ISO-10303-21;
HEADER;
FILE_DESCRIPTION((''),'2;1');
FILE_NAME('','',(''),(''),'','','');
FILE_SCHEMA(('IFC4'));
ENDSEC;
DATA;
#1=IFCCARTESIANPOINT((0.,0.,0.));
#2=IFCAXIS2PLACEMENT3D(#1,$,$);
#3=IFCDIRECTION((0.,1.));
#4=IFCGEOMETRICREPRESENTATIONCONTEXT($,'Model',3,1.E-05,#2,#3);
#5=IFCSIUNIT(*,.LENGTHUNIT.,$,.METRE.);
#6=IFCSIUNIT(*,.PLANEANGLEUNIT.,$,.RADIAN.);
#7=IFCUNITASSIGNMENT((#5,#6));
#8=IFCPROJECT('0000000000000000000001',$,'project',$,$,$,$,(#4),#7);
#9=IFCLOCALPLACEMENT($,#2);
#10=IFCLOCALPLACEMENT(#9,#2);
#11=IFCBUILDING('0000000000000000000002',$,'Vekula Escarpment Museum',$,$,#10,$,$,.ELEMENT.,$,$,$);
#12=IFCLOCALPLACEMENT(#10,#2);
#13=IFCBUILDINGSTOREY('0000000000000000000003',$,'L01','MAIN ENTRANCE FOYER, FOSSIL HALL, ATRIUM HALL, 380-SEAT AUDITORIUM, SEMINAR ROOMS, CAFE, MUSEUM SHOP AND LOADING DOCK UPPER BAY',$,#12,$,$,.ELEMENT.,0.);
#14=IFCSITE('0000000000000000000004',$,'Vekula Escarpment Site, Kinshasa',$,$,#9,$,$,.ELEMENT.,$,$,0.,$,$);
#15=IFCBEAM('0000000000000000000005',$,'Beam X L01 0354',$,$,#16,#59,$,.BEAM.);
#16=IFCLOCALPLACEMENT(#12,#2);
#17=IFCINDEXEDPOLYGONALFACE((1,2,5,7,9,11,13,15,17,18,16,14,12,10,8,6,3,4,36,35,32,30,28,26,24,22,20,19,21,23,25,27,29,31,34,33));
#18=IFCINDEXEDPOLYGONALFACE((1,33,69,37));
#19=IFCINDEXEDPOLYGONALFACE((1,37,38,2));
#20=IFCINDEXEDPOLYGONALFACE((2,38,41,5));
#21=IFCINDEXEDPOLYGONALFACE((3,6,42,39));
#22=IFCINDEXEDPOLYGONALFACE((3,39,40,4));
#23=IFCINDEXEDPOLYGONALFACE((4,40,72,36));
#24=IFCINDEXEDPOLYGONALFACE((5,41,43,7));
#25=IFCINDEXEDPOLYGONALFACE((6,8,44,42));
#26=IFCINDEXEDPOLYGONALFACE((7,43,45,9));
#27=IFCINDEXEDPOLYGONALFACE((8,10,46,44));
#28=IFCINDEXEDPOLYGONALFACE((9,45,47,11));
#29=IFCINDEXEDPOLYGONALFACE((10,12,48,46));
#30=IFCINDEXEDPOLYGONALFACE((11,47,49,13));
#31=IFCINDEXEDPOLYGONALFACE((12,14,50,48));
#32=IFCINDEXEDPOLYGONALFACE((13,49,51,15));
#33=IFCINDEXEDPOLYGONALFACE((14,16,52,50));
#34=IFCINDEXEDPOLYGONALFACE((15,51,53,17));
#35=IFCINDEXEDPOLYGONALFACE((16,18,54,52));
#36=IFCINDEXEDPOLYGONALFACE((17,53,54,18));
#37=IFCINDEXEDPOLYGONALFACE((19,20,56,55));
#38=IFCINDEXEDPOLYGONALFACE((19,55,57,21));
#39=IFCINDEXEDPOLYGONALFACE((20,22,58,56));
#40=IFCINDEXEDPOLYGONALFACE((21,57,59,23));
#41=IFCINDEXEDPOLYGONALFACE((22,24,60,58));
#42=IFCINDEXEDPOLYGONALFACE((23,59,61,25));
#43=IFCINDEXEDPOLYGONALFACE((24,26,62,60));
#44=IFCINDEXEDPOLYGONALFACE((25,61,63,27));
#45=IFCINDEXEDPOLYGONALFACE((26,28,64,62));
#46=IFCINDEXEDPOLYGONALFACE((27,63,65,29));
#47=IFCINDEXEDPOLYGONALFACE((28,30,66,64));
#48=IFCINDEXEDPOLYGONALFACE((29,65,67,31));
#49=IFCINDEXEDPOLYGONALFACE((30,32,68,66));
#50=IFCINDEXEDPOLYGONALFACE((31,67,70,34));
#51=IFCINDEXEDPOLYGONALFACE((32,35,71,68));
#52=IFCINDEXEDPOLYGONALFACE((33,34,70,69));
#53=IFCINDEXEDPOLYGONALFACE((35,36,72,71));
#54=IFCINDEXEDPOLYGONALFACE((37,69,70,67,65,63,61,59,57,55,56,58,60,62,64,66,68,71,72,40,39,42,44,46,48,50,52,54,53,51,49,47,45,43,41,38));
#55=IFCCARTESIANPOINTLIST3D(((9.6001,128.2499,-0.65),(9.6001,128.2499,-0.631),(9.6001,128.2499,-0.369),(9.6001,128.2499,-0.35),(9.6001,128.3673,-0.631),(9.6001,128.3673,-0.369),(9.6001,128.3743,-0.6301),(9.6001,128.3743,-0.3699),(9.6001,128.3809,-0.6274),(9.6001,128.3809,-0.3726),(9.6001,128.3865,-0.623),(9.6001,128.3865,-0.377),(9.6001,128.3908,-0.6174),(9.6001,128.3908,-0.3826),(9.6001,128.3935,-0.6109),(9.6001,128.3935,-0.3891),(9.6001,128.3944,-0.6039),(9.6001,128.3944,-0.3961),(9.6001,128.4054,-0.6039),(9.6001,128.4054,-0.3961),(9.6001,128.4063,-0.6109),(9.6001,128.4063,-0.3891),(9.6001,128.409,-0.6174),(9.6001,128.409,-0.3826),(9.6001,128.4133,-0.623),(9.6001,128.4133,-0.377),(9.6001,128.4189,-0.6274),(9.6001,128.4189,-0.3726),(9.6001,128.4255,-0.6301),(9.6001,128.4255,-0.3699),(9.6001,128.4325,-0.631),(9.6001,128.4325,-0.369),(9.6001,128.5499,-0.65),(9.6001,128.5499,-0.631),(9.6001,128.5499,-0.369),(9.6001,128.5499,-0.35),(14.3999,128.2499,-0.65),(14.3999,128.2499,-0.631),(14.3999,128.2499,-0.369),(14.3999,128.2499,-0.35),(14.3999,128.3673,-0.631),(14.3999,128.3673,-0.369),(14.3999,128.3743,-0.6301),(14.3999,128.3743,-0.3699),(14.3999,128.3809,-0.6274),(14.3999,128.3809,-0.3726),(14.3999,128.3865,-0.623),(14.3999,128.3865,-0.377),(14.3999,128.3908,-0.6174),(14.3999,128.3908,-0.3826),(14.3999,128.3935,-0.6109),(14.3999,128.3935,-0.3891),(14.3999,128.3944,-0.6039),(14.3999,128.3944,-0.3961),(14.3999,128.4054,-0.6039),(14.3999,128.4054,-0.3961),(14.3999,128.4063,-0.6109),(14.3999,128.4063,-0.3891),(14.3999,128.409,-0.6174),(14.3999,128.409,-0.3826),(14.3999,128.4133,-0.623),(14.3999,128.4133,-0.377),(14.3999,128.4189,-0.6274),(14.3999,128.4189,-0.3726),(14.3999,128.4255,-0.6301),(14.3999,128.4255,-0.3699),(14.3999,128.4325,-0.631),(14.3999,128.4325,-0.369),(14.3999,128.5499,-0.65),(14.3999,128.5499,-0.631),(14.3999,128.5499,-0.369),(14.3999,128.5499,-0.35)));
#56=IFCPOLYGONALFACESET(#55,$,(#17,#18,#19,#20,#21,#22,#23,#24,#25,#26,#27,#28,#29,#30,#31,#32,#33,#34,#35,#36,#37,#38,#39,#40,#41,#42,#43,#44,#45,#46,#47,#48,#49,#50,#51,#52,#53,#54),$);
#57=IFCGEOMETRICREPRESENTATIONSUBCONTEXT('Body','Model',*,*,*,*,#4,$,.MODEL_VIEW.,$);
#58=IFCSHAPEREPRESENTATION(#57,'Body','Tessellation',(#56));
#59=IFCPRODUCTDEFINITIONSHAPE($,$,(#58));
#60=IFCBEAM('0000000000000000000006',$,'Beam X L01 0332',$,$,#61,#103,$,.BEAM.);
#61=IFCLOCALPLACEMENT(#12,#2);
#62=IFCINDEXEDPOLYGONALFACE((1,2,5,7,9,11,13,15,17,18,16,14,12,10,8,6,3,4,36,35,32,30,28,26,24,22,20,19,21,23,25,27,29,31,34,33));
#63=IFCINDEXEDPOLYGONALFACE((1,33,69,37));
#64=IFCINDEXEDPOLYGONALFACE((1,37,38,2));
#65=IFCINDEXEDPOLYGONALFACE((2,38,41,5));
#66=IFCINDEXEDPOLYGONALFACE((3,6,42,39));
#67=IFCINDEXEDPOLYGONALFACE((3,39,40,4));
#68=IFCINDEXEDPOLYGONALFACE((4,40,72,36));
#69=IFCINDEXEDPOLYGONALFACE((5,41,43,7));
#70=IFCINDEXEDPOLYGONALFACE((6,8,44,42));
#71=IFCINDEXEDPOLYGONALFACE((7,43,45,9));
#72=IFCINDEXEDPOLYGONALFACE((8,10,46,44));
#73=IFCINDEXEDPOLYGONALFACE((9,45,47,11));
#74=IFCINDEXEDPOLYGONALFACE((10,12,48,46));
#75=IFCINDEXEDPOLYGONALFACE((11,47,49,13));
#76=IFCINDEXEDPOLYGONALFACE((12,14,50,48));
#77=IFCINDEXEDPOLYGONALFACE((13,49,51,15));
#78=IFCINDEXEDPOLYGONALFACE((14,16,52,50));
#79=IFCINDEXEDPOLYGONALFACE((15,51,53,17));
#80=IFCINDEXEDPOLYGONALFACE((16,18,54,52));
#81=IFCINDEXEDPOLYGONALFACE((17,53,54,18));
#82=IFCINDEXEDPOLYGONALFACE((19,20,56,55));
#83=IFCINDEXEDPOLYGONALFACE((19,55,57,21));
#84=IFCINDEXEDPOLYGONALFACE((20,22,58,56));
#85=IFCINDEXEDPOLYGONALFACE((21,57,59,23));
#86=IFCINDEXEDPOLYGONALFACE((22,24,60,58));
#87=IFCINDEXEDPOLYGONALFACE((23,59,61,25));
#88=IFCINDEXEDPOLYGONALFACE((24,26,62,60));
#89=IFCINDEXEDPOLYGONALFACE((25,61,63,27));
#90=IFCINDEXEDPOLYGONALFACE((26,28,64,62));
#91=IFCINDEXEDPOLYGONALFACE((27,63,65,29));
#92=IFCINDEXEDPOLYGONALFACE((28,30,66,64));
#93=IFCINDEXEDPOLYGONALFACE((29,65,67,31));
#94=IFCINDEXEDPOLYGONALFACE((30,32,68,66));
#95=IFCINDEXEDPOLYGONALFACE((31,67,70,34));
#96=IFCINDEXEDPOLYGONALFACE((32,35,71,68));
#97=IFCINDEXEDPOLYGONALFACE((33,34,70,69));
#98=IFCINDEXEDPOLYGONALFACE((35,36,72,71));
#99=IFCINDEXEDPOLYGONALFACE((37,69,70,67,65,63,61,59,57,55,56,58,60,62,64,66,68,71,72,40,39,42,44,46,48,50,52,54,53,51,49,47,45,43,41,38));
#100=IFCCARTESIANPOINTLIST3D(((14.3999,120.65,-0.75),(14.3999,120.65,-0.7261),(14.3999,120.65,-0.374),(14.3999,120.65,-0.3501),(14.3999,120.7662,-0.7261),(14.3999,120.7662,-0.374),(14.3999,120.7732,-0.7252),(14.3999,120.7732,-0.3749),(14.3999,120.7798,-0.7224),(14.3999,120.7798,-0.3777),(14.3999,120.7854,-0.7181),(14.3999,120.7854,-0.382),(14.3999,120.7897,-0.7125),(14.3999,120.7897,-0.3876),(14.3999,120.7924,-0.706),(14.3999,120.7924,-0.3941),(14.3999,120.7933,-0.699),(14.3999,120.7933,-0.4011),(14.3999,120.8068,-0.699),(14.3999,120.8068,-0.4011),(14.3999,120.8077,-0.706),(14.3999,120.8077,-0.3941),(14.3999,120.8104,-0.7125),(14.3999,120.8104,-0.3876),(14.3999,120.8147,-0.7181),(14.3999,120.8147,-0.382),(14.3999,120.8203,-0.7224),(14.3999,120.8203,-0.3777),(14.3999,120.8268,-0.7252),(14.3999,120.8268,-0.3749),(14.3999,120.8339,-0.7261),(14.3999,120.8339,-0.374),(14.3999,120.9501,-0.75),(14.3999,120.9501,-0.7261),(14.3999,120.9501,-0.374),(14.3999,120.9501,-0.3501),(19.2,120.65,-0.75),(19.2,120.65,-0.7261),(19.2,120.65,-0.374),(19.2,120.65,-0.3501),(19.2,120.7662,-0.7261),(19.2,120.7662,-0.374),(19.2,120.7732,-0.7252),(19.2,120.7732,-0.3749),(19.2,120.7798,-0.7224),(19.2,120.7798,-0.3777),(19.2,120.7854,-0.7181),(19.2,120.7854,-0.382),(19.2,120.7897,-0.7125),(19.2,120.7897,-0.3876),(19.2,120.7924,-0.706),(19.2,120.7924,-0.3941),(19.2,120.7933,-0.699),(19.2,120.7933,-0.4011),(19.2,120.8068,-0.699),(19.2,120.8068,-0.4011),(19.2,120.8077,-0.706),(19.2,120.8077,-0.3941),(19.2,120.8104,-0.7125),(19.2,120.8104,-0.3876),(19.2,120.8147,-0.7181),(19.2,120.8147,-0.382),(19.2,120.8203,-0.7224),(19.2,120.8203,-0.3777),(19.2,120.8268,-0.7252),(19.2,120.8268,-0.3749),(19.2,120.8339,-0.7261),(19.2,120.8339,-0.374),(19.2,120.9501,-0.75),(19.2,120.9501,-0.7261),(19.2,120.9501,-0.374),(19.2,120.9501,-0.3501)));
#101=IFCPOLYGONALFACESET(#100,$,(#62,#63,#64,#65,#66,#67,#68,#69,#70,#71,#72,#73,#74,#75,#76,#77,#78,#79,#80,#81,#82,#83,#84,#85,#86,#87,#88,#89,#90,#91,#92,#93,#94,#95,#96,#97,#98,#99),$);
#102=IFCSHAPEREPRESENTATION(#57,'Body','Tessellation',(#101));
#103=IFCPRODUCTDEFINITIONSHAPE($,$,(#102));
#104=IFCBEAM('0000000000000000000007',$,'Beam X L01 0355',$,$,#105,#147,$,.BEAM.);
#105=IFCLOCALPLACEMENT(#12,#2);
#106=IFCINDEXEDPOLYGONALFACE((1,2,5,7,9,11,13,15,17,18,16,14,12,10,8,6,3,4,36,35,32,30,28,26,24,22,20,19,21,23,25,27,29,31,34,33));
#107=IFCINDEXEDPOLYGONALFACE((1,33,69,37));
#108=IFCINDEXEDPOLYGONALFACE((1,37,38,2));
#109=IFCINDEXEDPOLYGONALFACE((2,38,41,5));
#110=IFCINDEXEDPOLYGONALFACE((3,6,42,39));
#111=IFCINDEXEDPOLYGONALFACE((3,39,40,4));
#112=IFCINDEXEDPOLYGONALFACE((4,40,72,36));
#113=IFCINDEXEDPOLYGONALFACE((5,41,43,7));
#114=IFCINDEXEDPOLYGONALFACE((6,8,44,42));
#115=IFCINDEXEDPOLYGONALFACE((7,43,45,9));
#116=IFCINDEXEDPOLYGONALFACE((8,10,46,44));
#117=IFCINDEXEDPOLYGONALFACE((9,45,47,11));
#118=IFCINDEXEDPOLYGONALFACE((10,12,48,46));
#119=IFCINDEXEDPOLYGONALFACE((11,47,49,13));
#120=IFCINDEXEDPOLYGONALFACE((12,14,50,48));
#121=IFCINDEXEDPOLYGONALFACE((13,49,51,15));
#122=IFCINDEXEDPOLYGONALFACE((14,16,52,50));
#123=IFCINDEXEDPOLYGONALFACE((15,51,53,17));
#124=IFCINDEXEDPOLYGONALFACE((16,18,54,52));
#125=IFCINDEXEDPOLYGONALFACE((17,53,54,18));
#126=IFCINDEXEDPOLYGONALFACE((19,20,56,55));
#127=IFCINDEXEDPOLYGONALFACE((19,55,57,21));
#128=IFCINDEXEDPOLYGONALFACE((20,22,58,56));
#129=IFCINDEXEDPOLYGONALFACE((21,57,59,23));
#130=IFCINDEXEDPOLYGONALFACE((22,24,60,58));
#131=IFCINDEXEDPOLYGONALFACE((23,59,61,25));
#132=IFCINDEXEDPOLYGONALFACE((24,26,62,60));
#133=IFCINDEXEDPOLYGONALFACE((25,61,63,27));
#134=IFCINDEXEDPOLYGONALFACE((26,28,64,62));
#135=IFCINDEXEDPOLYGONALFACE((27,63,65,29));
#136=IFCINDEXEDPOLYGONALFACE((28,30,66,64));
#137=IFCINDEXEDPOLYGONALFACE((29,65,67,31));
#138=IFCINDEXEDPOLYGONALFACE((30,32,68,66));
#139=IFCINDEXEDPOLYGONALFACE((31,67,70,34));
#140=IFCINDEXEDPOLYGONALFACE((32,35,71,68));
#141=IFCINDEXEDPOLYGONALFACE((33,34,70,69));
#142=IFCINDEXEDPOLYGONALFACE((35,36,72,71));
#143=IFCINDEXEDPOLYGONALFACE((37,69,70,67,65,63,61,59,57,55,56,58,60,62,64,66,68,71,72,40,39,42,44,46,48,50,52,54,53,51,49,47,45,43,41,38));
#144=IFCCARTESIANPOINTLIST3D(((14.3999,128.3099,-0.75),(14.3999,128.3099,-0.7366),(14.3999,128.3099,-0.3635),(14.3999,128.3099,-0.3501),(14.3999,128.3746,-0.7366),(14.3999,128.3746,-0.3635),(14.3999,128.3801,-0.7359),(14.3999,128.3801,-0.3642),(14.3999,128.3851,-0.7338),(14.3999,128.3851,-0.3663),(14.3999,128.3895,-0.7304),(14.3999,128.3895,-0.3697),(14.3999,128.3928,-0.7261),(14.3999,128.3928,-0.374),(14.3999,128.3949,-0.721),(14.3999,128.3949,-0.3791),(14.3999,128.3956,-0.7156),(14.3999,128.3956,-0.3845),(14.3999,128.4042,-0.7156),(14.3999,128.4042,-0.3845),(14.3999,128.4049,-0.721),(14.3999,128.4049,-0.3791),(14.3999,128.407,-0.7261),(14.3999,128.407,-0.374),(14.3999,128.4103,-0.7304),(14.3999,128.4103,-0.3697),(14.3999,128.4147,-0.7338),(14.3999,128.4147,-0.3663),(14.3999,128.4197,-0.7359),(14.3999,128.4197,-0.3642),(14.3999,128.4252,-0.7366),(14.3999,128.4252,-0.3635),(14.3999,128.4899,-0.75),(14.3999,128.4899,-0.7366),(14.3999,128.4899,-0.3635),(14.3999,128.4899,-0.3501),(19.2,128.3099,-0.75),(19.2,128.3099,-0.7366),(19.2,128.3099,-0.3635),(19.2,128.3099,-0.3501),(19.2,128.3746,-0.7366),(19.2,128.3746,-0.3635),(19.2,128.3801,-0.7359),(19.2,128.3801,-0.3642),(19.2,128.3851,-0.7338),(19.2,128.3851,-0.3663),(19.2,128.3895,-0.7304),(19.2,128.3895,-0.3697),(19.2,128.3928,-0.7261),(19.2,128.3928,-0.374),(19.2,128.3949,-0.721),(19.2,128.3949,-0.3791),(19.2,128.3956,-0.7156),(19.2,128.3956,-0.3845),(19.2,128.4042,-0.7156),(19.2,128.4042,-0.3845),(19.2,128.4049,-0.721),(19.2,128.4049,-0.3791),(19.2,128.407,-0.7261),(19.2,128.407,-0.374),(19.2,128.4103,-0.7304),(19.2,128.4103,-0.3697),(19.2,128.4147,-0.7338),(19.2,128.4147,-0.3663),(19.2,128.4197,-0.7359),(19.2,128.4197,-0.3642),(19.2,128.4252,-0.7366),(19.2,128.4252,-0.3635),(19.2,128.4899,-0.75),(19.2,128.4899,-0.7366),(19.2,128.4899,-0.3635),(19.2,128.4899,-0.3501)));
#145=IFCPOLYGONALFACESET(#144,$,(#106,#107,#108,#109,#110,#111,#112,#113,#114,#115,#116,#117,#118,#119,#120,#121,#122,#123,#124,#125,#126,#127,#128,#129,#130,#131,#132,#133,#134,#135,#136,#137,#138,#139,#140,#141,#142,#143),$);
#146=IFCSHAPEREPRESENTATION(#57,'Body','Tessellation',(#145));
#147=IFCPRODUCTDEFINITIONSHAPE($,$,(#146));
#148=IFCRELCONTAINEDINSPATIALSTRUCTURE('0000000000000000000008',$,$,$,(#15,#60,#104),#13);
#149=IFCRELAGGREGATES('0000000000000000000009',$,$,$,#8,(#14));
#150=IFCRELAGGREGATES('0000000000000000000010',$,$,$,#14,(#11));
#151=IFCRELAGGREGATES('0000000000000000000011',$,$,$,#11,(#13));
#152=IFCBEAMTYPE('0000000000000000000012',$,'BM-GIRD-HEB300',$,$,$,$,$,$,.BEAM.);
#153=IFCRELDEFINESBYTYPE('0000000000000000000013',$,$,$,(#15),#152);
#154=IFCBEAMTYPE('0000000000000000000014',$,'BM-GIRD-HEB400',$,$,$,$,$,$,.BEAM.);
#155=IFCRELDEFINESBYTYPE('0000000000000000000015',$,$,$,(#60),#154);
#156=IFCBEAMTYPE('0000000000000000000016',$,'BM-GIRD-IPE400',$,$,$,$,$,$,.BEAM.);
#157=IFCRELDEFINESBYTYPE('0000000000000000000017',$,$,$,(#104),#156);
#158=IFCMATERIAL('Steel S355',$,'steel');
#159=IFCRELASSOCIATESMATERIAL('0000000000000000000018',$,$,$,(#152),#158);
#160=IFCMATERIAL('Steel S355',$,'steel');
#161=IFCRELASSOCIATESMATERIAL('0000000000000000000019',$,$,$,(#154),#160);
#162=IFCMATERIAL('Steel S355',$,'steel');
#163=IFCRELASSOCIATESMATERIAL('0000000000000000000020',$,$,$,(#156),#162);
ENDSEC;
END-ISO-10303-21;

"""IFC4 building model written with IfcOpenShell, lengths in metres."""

from ifc_helpers import new_model, si_unit, direction, frame, origin, origin_2d, place, context, subcontext, project, spatial, i_section, extrude, material, material_profile, profile_set, type_object, element, save


model = new_model("IFC4")

# Units and contexts
model_context = context("Model", 3, precision=1e-05, world=origin(), true_north=direction((0.0, 1.0)))
body_context = subcontext(model_context, "Body", "Model", "MODEL_VIEW")
ifc_project = project(units=[si_unit("LENGTHUNIT", "METRE"), si_unit("PLANEANGLEUNIT", "RADIAN")], contexts=[model_context])

# Site, building, storey
site_placement = place(None, origin())
site = spatial("IfcSite", under=ifc_project, at=site_placement, Name="Vekula Escarpment Site, Kinshasa", CompositionType="ELEMENT", RefElevation=0.0)
building_placement = place(site_placement, origin())
building = spatial("IfcBuilding", under=site, at=building_placement, Name="Vekula Escarpment Museum", CompositionType="ELEMENT")
storey_placement = place(building_placement, origin())
storey = spatial("IfcBuildingStorey", under=building, at=storey_placement, Name="L01", Description="MAIN ENTRANCE FOYER, FOSSIL HALL, ATRIUM HALL, 380-SEAT AUDITORIUM, SEMINAR ROOMS, CAFE, MUSEUM SHOP AND LOADING DOCK UPPER BAY", CompositionType="ELEMENT", Elevation=0.0)

# Beams
ifc_material_1 = material(Name="Steel S355", Category="steel")
ifc_material_profile_1 = material_profile(ifc_material_1, i_section(OverallWidth=0.3, OverallDepth=0.3, WebThickness=0.011, FlangeThickness=0.019, FilletRadius=0.0271, at=origin_2d()), Name="HEB 300")
ifc_profile_set_1 = profile_set([ifc_material_profile_1], Name="Steel S355")
beam_type_1 = type_object("IfcBeamType", Name="BM-GIRD-HEB300", PredefinedType="BEAM", material=ifc_profile_set_1)
beam_1_placement = place(storey_placement, frame((9.6001, 128.3999, -0.5), z_axis=(1.0, 0.0, 0.0), x_axis=(0.0, 1.0, 0.0)))
element("IfcBeam", 1, at=beam_1_placement, inside=storey, type_object=beam_type_1, Name="Beam X L01 0354", PredefinedType="BEAM", context=body_context, shape_type="SweptSolid", body=[
    extrude(i_section(OverallWidth=0.3, OverallDepth=0.3, WebThickness=0.011, FlangeThickness=0.019, FilletRadius=0.0271, at=origin_2d()), origin(), (0.0, 0.0, 1.0), 4.7998),
])
ifc_material_2 = material(Name="Steel S355", Category="steel")
ifc_material_profile_2 = material_profile(ifc_material_2, i_section(OverallWidth=0.3, OverallDepth=0.3999, WebThickness=0.0134, FlangeThickness=0.0239, FilletRadius=0.0271, at=origin_2d()), Name="HEB 400")
ifc_profile_set_2 = profile_set([ifc_material_profile_2], Name="Steel S355")
beam_type_2 = type_object("IfcBeamType", Name="BM-GIRD-HEB400", PredefinedType="BEAM", material=ifc_profile_set_2)
beam_2_placement = place(storey_placement, frame((14.3999, 120.8, -0.55), z_axis=(1.0, 0.0, 0.0), x_axis=(0.0, 1.0, 0.0)))
element("IfcBeam", 2, at=beam_2_placement, inside=storey, type_object=beam_type_2, Name="Beam X L01 0332", PredefinedType="BEAM", context=body_context, shape_type="SweptSolid", body=[
    extrude(i_section(OverallWidth=0.3, OverallDepth=0.3999, WebThickness=0.0134, FlangeThickness=0.0239, FilletRadius=0.0271, at=origin_2d()), origin(), (0.0, 0.0, 1.0), 4.8),
])
ifc_material_3 = material(Name="Steel S355", Category="steel")
ifc_material_profile_3 = material_profile(ifc_material_3, i_section(OverallWidth=0.1799, OverallDepth=0.3999, WebThickness=0.0085, FlangeThickness=0.0134, FilletRadius=0.021, at=origin_2d()), Name="IPE 400")
ifc_profile_set_3 = profile_set([ifc_material_profile_3], Name="Steel S355")
beam_type_3 = type_object("IfcBeamType", Name="BM-GIRD-IPE400", PredefinedType="BEAM", material=ifc_profile_set_3)
beam_3_placement = place(storey_placement, frame((14.3999, 128.3999, -0.55), z_axis=(1.0, 0.0, 0.0), x_axis=(0.0, 1.0, 0.0)))
element("IfcBeam", 3, at=beam_3_placement, inside=storey, type_object=beam_type_3, Name="Beam X L01 0355", PredefinedType="BEAM", context=body_context, shape_type="SweptSolid", body=[
    extrude(i_section(OverallWidth=0.1799, OverallDepth=0.3999, WebThickness=0.0085, FlangeThickness=0.0134, FilletRadius=0.021, at=origin_2d()), origin(), (0.0, 0.0, 1.0), 4.8),
])

save(model, "model.ifc")
